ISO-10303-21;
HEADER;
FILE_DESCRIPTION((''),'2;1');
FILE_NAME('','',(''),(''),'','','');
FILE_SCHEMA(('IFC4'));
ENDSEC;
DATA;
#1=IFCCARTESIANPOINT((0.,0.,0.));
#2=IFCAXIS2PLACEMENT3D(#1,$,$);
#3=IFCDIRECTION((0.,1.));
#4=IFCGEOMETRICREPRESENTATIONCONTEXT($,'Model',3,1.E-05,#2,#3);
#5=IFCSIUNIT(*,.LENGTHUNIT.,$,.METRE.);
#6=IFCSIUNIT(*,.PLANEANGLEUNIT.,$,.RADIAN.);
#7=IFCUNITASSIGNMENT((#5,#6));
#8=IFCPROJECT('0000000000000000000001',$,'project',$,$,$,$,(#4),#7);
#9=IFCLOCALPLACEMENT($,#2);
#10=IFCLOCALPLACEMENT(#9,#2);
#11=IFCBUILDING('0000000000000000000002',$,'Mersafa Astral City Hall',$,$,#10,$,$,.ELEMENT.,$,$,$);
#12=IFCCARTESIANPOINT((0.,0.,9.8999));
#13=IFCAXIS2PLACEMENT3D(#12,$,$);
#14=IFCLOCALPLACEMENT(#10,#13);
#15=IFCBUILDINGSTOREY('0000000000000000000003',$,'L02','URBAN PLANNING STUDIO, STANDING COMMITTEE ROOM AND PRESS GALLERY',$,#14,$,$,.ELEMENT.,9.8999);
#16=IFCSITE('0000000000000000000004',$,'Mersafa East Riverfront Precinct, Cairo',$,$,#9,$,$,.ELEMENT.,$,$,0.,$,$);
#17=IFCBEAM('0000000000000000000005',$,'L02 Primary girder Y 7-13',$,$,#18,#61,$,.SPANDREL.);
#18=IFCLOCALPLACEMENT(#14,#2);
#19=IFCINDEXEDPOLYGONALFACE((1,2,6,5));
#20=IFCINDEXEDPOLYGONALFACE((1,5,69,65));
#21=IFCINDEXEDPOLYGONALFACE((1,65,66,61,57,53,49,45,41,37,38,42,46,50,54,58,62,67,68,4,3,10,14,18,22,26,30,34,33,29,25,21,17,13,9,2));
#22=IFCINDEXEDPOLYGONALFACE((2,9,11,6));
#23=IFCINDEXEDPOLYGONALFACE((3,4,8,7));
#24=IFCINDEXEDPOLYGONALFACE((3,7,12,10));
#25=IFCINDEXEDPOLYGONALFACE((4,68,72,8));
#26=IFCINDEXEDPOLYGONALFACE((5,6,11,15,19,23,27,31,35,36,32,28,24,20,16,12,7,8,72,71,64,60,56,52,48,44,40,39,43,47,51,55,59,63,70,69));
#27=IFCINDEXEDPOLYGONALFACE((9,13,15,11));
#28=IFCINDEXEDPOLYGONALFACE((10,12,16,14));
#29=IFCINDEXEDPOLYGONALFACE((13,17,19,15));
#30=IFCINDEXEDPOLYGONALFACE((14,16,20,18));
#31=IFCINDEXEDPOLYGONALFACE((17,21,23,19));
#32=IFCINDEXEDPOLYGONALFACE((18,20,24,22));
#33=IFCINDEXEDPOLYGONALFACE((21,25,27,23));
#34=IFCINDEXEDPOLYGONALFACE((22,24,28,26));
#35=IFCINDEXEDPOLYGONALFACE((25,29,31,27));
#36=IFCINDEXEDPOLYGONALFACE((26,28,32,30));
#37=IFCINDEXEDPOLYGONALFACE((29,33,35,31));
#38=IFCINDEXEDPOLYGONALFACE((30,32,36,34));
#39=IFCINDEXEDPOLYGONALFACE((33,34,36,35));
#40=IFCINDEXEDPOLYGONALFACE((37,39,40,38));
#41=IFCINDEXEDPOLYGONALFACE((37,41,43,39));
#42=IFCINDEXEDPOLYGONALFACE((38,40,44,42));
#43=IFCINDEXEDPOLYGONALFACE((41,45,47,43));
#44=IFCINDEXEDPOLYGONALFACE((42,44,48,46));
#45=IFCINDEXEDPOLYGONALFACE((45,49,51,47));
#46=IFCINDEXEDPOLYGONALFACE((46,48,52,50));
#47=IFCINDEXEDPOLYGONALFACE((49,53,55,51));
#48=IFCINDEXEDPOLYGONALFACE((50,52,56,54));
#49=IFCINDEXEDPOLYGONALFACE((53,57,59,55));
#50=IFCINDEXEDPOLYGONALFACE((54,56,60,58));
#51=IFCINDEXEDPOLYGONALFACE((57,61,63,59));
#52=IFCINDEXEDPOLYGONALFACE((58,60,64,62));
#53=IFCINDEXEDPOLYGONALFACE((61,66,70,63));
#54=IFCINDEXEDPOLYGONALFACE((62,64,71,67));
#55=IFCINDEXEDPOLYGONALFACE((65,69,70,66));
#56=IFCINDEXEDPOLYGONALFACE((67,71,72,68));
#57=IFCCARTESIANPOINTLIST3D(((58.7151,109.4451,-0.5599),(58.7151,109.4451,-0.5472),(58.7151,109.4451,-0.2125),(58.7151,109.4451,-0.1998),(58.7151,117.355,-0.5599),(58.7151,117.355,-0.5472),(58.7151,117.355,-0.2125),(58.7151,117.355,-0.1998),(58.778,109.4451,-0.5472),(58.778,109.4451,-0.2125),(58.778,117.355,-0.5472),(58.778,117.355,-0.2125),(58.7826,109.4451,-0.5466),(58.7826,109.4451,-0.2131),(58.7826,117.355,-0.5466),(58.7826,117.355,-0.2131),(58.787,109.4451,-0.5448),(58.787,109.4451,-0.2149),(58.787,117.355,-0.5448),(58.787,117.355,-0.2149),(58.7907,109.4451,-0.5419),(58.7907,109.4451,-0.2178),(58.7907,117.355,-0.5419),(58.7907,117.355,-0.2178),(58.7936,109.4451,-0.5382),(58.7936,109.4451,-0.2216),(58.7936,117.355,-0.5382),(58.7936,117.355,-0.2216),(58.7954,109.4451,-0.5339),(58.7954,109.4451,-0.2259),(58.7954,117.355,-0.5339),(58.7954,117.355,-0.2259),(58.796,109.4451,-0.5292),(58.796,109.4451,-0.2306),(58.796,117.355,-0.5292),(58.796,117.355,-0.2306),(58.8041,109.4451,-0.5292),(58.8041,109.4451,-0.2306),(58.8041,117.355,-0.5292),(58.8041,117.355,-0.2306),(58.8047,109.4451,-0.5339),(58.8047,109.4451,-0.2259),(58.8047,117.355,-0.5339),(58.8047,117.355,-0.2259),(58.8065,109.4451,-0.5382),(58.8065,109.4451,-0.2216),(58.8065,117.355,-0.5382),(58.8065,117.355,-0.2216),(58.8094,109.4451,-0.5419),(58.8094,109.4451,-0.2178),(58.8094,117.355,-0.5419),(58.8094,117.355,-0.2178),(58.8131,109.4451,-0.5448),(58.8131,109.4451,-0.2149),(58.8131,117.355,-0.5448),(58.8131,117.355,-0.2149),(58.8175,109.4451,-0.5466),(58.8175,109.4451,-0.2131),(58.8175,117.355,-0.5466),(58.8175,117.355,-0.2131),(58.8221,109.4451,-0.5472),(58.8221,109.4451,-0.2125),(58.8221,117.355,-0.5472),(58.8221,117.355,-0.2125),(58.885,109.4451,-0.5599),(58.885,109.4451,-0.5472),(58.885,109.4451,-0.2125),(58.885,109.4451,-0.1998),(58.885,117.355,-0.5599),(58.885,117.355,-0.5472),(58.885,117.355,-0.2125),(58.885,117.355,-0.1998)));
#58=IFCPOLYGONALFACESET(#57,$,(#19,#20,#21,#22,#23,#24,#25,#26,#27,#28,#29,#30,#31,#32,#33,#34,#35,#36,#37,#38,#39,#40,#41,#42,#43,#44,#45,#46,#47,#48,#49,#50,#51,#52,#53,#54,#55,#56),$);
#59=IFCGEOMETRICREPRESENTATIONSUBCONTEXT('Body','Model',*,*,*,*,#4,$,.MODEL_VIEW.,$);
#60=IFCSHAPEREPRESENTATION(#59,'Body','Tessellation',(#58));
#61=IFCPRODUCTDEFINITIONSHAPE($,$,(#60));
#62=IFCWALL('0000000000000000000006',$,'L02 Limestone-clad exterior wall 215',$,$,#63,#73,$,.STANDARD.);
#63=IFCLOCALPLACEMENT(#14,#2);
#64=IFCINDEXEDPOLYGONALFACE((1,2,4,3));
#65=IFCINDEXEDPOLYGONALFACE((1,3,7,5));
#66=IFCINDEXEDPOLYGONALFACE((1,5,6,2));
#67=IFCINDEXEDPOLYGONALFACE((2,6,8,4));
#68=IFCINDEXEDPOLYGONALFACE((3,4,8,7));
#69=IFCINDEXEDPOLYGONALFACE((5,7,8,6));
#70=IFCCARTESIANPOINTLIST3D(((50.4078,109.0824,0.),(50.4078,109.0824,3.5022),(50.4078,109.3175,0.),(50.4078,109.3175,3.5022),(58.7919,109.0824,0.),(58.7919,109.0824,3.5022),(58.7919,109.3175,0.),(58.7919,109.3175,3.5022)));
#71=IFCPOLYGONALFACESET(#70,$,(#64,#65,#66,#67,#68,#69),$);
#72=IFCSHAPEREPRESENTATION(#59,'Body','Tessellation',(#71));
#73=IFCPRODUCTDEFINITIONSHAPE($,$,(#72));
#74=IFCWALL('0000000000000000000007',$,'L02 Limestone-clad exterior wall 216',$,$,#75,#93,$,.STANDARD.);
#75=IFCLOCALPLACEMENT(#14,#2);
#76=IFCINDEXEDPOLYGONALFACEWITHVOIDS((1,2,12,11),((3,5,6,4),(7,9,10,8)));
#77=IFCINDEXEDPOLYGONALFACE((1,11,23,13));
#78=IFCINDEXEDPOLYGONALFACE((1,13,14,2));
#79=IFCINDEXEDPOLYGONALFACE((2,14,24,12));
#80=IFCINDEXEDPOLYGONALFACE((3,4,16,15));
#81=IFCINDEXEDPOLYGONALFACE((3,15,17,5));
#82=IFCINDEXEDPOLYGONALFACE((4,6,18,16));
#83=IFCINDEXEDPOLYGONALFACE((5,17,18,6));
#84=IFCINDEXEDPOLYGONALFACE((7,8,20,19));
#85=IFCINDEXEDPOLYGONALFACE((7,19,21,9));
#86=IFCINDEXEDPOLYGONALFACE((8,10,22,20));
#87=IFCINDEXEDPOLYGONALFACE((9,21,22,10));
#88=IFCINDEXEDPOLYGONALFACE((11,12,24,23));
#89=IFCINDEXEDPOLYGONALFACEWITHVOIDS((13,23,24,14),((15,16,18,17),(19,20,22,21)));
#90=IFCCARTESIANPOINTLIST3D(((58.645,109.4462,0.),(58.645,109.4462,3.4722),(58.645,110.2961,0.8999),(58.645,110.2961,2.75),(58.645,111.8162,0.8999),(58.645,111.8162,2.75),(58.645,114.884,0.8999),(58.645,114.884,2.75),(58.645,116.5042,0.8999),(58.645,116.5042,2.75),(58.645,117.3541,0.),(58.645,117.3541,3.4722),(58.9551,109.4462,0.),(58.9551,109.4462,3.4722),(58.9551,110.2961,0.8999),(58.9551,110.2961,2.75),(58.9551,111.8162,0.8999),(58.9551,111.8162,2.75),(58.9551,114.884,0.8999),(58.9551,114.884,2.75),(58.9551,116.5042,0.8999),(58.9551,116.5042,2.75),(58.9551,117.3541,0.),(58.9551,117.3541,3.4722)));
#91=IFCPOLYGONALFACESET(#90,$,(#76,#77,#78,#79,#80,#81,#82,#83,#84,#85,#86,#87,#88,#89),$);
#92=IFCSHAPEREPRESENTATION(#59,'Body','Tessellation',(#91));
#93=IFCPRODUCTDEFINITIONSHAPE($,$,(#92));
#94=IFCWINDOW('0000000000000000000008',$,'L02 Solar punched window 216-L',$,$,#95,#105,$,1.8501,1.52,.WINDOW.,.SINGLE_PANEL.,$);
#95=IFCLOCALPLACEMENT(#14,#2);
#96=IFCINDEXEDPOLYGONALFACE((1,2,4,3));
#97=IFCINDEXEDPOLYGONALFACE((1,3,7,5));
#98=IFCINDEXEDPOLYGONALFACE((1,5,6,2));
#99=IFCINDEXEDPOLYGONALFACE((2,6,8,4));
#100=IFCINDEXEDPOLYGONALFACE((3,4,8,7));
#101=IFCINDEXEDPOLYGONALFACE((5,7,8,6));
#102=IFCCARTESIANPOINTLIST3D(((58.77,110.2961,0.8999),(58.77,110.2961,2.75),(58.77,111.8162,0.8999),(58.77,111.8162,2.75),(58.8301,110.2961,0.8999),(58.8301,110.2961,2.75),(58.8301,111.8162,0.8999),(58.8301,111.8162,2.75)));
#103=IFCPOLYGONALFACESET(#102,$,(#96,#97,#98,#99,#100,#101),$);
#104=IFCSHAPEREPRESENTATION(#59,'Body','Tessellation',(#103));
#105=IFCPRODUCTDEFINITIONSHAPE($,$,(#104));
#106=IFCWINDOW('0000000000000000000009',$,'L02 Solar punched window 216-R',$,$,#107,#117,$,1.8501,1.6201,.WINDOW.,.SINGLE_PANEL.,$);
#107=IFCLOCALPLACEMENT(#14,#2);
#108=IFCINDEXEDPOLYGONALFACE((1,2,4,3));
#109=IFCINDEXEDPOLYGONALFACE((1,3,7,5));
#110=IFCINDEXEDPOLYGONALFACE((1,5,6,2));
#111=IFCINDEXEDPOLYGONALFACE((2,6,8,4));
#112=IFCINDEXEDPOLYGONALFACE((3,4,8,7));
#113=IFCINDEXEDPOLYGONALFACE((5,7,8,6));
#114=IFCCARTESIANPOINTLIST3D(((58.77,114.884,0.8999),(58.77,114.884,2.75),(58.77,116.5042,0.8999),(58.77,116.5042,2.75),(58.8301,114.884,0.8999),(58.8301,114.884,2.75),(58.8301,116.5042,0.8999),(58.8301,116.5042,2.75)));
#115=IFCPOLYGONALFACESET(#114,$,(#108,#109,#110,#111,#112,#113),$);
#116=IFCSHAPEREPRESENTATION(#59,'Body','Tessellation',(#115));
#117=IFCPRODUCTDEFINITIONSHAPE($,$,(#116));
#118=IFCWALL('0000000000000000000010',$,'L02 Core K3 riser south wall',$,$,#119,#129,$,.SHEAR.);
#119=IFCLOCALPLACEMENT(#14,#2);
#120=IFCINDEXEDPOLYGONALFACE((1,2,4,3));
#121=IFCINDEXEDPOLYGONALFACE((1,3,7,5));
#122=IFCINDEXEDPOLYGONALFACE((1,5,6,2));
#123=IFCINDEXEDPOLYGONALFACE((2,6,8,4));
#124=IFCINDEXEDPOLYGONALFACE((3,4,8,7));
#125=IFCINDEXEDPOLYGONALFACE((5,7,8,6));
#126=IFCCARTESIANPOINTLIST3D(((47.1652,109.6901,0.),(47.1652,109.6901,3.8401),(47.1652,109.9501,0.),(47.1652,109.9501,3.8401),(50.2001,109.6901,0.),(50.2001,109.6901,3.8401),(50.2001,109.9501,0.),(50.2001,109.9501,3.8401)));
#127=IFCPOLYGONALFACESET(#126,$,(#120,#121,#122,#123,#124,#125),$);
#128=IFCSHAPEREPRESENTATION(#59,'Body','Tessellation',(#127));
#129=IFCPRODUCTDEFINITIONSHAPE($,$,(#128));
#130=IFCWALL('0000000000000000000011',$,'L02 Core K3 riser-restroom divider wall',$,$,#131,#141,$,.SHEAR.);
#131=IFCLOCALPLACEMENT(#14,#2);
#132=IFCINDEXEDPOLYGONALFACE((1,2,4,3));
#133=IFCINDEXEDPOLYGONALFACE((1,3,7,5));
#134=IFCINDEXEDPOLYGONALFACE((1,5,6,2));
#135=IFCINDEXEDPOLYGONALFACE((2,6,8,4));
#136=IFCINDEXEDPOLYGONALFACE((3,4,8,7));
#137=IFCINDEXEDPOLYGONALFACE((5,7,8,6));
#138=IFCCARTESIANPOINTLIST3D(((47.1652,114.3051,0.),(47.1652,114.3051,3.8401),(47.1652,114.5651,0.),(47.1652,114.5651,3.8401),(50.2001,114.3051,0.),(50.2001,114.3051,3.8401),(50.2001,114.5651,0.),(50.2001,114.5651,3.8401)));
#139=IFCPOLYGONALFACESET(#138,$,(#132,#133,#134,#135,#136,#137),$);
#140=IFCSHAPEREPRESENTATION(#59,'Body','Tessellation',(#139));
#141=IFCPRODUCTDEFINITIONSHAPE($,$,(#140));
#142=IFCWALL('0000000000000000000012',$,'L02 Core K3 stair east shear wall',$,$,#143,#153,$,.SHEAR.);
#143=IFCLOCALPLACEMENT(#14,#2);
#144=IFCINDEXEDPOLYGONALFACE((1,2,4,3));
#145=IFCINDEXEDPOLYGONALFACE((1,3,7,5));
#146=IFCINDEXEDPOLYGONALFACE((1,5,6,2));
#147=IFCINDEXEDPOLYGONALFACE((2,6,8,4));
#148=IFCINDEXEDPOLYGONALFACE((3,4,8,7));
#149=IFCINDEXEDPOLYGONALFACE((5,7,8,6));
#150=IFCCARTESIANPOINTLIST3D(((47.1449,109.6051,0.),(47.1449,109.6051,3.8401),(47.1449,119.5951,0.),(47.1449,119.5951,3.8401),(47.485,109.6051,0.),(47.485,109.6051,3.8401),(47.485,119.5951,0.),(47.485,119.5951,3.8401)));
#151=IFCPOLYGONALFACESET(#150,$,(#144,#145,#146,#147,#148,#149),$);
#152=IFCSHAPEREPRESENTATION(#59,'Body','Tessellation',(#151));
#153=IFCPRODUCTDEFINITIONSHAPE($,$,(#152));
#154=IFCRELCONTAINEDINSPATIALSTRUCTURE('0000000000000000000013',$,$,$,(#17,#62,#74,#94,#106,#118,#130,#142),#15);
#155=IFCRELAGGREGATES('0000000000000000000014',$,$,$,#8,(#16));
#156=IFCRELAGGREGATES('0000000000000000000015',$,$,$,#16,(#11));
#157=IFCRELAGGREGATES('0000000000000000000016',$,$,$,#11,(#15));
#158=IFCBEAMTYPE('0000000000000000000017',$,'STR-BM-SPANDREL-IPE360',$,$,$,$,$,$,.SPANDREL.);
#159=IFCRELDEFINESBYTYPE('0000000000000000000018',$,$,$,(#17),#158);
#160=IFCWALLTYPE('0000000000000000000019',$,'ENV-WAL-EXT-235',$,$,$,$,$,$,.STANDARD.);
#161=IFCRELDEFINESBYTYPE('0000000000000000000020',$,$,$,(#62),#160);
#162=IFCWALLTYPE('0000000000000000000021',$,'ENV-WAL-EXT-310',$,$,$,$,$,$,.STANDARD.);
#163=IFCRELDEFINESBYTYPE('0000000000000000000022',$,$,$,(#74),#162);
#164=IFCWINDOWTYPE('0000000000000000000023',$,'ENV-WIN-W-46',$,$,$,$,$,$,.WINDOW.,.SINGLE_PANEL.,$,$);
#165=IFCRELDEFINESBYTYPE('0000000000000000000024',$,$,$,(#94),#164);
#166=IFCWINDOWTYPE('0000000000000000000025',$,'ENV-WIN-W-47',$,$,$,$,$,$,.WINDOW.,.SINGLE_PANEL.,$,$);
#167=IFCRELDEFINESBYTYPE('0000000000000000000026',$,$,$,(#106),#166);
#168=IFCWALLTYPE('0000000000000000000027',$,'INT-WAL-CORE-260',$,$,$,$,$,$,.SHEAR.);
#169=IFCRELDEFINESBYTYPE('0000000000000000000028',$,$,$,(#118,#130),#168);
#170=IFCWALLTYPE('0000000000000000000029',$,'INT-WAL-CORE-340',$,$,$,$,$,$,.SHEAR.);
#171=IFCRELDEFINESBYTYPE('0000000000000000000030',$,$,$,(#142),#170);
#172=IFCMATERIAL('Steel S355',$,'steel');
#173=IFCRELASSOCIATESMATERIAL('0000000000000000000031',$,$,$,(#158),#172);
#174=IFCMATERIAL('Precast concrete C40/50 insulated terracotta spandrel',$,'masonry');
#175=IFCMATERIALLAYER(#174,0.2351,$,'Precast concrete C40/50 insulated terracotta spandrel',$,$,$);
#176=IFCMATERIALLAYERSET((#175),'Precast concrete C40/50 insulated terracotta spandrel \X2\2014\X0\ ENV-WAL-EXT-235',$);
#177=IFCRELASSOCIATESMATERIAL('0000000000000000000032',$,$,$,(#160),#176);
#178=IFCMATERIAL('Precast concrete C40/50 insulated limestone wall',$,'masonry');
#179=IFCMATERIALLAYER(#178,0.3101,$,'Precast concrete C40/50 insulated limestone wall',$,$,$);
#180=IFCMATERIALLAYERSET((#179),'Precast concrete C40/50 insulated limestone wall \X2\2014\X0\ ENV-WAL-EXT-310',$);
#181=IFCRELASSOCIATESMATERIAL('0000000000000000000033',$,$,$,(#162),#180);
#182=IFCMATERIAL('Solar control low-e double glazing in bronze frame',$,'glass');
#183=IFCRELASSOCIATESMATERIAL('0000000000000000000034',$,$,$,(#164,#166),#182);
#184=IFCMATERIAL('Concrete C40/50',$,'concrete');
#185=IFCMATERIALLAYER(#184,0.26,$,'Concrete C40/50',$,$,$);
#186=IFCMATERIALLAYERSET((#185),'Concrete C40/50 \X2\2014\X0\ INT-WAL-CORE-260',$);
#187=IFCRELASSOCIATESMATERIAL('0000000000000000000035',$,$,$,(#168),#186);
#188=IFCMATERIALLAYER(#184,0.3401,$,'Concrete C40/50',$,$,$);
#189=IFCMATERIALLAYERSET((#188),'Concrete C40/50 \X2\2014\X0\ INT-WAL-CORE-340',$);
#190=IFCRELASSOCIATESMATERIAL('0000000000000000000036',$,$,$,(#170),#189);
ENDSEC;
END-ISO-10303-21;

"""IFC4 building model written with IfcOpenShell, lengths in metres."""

from ifc_helpers import new_model, si_unit, direction, frame, frame_2d, origin, origin_2d, place, context, subcontext, project, spatial, rectangle, i_section, extrude, material, layer, layer_set, material_profile, profile_set, type_object, element, fill, save


model = new_model("IFC4")

# Units and contexts
model_context = context("Model", 3, precision=1e-05, world=origin(), true_north=direction((0.0, 1.0)))
body_context = subcontext(model_context, "Body", "Model", "MODEL_VIEW")
ifc_project = project(units=[si_unit("LENGTHUNIT", "METRE"), si_unit("PLANEANGLEUNIT", "RADIAN")], contexts=[model_context])

# Site, building, storey
site_placement = place(None, origin())
site = spatial("IfcSite", under=ifc_project, at=site_placement, Name="Mersafa East Riverfront Precinct, Cairo", CompositionType="ELEMENT", RefElevation=0.0)
building_placement = place(site_placement, origin())
building = spatial("IfcBuilding", under=site, at=building_placement, Name="Mersafa Astral City Hall", CompositionType="ELEMENT")
storey_placement = place(building_placement, frame((0.0, 0.0, 9.8999)))
storey = spatial("IfcBuildingStorey", under=building, at=storey_placement, Name="L02", Description="URBAN PLANNING STUDIO, STANDING COMMITTEE ROOM AND PRESS GALLERY", CompositionType="ELEMENT", Elevation=9.8999)

# Shared definitions
ifc_material_1 = material(Name="Steel S355", Category="steel")

# Beam
ifc_material_profile_1 = material_profile(ifc_material_1, i_section(OverallWidth=0.1699, OverallDepth=0.3601, WebThickness=0.0081, FlangeThickness=0.0127, FilletRadius=0.0181, at=origin_2d()), Name="IPE 360")
ifc_profile_set_1 = profile_set([ifc_material_profile_1], Name="Steel S355")
beam_type_1 = type_object("IfcBeamType", Name="STR-BM-SPANDREL-IPE360", PredefinedType="SPANDREL", material=ifc_profile_set_1)
beam_1_placement = place(storey_placement, frame((58.8, 109.4451, -0.3799), z_axis=(0.0, 1.0, 0.0), x_axis=(-1.0, 0.0, 0.0)))
element("IfcBeam", 1, at=beam_1_placement, inside=storey, type_object=beam_type_1, Name="L02 Primary girder Y 7-13", PredefinedType="SPANDREL", context=body_context, shape_type="SweptSolid", body=[
    extrude(i_section(OverallWidth=0.1699, OverallDepth=0.3601, WebThickness=0.0081, FlangeThickness=0.0127, FilletRadius=0.0181, at=origin_2d()), origin(), (0.0, 0.0, 1.0), 7.9099),
])

# Wall
ifc_material_2 = material(Name="Precast concrete C40/50 insulated terracotta spandrel", Category="masonry")
ifc_layer_1 = layer(ifc_material_2, 0.2351, Name="Precast concrete C40/50 insulated terracotta spandrel")
ifc_layer_set_1 = layer_set([ifc_layer_1], Name="Precast concrete C40/50 insulated terracotta spandrel — ENV-WAL-EXT-235")
wall_type_1 = type_object("IfcWallType", Name="ENV-WAL-EXT-235", PredefinedType="STANDARD", material=ifc_layer_set_1)
wall_1_placement = place(storey_placement, frame((50.408, 109.2, 0.0), z_axis=(0.0, 0.0, 1.0), x_axis=(1.0, 0.0, 0.0)))
element("IfcWall", 2, at=wall_1_placement, inside=storey, type_object=wall_type_1, Name="L02 Limestone-clad exterior wall 215", PredefinedType="STANDARD", context=body_context, shape_type="SweptSolid", body=[
    extrude(rectangle(XDim=8.384, YDim=0.2351, at=frame_2d((4.1919, 0.0))), origin(), (0.0, 0.0, 1.0), 3.5022),
])

# Wall, openings, windows
ifc_material_3 = material(Name="Precast concrete C40/50 insulated limestone wall", Category="masonry")
ifc_layer_2 = layer(ifc_material_3, 0.3101, Name="Precast concrete C40/50 insulated limestone wall")
ifc_layer_set_2 = layer_set([ifc_layer_2], Name="Precast concrete C40/50 insulated limestone wall — ENV-WAL-EXT-310")
wall_type_2 = type_object("IfcWallType", Name="ENV-WAL-EXT-310", PredefinedType="STANDARD", material=ifc_layer_set_2)
wall_2_placement = place(storey_placement, frame((58.8, 109.446, 0.0), z_axis=(0.0, 0.0, 1.0), x_axis=(0.0, 1.0, 0.0)))
wall_2 = element("IfcWall", 3, at=wall_2_placement, inside=storey, type_object=wall_type_2, Name="L02 Limestone-clad exterior wall 216", PredefinedType="STANDARD", context=body_context, shape_type="SweptSolid", body=[
    extrude(rectangle(XDim=7.908, YDim=0.3101, at=frame_2d((3.9541, 0.0))), origin(), (0.0, 0.0, 1.0), 3.4722),
])
opening_1_placement = place(wall_2_placement, frame((0.8501, 0.0, 0.8999)))
opening_1 = element("IfcOpeningElement", 4, at=opening_1_placement, cuts=wall_2, PredefinedType="OPENING", context=body_context, shape_type="SweptSolid", body=[
    extrude(rectangle(XDim=1.52, YDim=1.8501, at=frame_2d((0.76, 0.925))), frame((0.0, 0.165, 0.0), z_axis=(0.0, -1.0, 0.0), x_axis=(1.0, 0.0, 0.0)), (0.0, 0.0, 1.0), 0.3301),
])
opening_2_placement = place(wall_2_placement, frame((5.438, 0.0, 0.8999)))
opening_2 = element("IfcOpeningElement", 5, at=opening_2_placement, cuts=wall_2, PredefinedType="OPENING", context=body_context, shape_type="SweptSolid", body=[
    extrude(rectangle(XDim=1.6201, YDim=1.8501, at=frame_2d((0.8101, 0.925))), frame((0.0, 0.165, 0.0), z_axis=(0.0, -1.0, 0.0), x_axis=(1.0, 0.0, 0.0)), (0.0, 0.0, 1.0), 0.3301),
])
ifc_material_4 = material(Name="Solar control low-e double glazing in bronze frame", Category="glass")
window_type_1 = type_object("IfcWindowType", Name="ENV-WIN-W-46", PartitioningType="SINGLE_PANEL", PredefinedType="WINDOW", material=ifc_material_4)
window_1_placement = place(opening_1_placement, origin())
window_1 = element("IfcWindow", 6, at=window_1_placement, inside=storey, type_object=window_type_1, Name="L02 Solar punched window 216-L", OverallHeight=1.8501, OverallWidth=1.52, PartitioningType="SINGLE_PANEL", PredefinedType="WINDOW", context=body_context, shape_type="SweptSolid", body=[
    extrude(rectangle(XDim=1.52, YDim=1.8501, at=frame_2d((0.76, 0.925))), frame((0.0, 0.03, 0.0), z_axis=(0.0, -1.0, 0.0), x_axis=(1.0, 0.0, 0.0)), (0.0, 0.0, 1.0), 0.0601),
])
fill(opening_1, window_1)
window_type_2 = type_object("IfcWindowType", Name="ENV-WIN-W-47", PartitioningType="SINGLE_PANEL", PredefinedType="WINDOW", material=ifc_material_4)
window_2_placement = place(opening_2_placement, origin())
window_2 = element("IfcWindow", 7, at=window_2_placement, inside=storey, type_object=window_type_2, Name="L02 Solar punched window 216-R", OverallHeight=1.8501, OverallWidth=1.6201, PartitioningType="SINGLE_PANEL", PredefinedType="WINDOW", context=body_context, shape_type="SweptSolid", body=[
    extrude(rectangle(XDim=1.6201, YDim=1.8501, at=frame_2d((0.8101, 0.925))), frame((0.0, 0.03, 0.0), z_axis=(0.0, -1.0, 0.0), x_axis=(1.0, 0.0, 0.0)), (0.0, 0.0, 1.0), 0.0601),
])
fill(opening_2, window_2)

# Walls
ifc_material_5 = material(Name="Concrete C40/50", Category="concrete")
ifc_layer_3 = layer(ifc_material_5, 0.26, Name="Concrete C40/50")
ifc_layer_set_3 = layer_set([ifc_layer_3], Name="Concrete C40/50 — INT-WAL-CORE-260")
wall_type_3 = type_object("IfcWallType", Name="INT-WAL-CORE-260", PredefinedType="SHEAR", material=ifc_layer_set_3)
for number, where, z_axis, x_axis, name in (
    (8, (47.165, 109.8201, 0.0), (0.0, 0.0, 1.0), (1.0, 0.0, 0.0), "L02 Core K3 riser south wall"),
    (9, (47.165, 114.4351, 0.0), (0.0, 0.0, 1.0), (1.0, 0.0, 0.0), "L02 Core K3 riser-restroom divider wall"),
):
    element("IfcWall", number, at=place(storey_placement, frame(where, z_axis=z_axis, x_axis=x_axis)), inside=storey, type_object=wall_type_3, Name=name, PredefinedType="SHEAR", context=body_context, shape_type="SweptSolid", body=[
        extrude(rectangle(XDim=3.0349, YDim=0.26, at=frame_2d((1.5176, 0.0))), origin(), (0.0, 0.0, 1.0), 3.8401),
    ])
ifc_layer_4 = layer(ifc_material_5, 0.3401, Name="Concrete C40/50")
ifc_layer_set_4 = layer_set([ifc_layer_4], Name="Concrete C40/50 — INT-WAL-CORE-340")
wall_type_4 = type_object("IfcWallType", Name="INT-WAL-CORE-340", PredefinedType="SHEAR", material=ifc_layer_set_4)
wall_3_placement = place(storey_placement, frame((47.3149, 109.605, 0.0), z_axis=(0.0, 0.0, 1.0), x_axis=(0.0, 1.0, 0.0)))
element("IfcWall", 10, at=wall_3_placement, inside=storey, type_object=wall_type_4, Name="L02 Core K3 stair east shear wall", PredefinedType="SHEAR", context=body_context, shape_type="SweptSolid", body=[
    extrude(rectangle(XDim=9.99, YDim=0.3401, at=frame_2d((4.9951, 0.0))), origin(), (0.0, 0.0, 1.0), 3.8401),
])

save(model, "model.ifc")
